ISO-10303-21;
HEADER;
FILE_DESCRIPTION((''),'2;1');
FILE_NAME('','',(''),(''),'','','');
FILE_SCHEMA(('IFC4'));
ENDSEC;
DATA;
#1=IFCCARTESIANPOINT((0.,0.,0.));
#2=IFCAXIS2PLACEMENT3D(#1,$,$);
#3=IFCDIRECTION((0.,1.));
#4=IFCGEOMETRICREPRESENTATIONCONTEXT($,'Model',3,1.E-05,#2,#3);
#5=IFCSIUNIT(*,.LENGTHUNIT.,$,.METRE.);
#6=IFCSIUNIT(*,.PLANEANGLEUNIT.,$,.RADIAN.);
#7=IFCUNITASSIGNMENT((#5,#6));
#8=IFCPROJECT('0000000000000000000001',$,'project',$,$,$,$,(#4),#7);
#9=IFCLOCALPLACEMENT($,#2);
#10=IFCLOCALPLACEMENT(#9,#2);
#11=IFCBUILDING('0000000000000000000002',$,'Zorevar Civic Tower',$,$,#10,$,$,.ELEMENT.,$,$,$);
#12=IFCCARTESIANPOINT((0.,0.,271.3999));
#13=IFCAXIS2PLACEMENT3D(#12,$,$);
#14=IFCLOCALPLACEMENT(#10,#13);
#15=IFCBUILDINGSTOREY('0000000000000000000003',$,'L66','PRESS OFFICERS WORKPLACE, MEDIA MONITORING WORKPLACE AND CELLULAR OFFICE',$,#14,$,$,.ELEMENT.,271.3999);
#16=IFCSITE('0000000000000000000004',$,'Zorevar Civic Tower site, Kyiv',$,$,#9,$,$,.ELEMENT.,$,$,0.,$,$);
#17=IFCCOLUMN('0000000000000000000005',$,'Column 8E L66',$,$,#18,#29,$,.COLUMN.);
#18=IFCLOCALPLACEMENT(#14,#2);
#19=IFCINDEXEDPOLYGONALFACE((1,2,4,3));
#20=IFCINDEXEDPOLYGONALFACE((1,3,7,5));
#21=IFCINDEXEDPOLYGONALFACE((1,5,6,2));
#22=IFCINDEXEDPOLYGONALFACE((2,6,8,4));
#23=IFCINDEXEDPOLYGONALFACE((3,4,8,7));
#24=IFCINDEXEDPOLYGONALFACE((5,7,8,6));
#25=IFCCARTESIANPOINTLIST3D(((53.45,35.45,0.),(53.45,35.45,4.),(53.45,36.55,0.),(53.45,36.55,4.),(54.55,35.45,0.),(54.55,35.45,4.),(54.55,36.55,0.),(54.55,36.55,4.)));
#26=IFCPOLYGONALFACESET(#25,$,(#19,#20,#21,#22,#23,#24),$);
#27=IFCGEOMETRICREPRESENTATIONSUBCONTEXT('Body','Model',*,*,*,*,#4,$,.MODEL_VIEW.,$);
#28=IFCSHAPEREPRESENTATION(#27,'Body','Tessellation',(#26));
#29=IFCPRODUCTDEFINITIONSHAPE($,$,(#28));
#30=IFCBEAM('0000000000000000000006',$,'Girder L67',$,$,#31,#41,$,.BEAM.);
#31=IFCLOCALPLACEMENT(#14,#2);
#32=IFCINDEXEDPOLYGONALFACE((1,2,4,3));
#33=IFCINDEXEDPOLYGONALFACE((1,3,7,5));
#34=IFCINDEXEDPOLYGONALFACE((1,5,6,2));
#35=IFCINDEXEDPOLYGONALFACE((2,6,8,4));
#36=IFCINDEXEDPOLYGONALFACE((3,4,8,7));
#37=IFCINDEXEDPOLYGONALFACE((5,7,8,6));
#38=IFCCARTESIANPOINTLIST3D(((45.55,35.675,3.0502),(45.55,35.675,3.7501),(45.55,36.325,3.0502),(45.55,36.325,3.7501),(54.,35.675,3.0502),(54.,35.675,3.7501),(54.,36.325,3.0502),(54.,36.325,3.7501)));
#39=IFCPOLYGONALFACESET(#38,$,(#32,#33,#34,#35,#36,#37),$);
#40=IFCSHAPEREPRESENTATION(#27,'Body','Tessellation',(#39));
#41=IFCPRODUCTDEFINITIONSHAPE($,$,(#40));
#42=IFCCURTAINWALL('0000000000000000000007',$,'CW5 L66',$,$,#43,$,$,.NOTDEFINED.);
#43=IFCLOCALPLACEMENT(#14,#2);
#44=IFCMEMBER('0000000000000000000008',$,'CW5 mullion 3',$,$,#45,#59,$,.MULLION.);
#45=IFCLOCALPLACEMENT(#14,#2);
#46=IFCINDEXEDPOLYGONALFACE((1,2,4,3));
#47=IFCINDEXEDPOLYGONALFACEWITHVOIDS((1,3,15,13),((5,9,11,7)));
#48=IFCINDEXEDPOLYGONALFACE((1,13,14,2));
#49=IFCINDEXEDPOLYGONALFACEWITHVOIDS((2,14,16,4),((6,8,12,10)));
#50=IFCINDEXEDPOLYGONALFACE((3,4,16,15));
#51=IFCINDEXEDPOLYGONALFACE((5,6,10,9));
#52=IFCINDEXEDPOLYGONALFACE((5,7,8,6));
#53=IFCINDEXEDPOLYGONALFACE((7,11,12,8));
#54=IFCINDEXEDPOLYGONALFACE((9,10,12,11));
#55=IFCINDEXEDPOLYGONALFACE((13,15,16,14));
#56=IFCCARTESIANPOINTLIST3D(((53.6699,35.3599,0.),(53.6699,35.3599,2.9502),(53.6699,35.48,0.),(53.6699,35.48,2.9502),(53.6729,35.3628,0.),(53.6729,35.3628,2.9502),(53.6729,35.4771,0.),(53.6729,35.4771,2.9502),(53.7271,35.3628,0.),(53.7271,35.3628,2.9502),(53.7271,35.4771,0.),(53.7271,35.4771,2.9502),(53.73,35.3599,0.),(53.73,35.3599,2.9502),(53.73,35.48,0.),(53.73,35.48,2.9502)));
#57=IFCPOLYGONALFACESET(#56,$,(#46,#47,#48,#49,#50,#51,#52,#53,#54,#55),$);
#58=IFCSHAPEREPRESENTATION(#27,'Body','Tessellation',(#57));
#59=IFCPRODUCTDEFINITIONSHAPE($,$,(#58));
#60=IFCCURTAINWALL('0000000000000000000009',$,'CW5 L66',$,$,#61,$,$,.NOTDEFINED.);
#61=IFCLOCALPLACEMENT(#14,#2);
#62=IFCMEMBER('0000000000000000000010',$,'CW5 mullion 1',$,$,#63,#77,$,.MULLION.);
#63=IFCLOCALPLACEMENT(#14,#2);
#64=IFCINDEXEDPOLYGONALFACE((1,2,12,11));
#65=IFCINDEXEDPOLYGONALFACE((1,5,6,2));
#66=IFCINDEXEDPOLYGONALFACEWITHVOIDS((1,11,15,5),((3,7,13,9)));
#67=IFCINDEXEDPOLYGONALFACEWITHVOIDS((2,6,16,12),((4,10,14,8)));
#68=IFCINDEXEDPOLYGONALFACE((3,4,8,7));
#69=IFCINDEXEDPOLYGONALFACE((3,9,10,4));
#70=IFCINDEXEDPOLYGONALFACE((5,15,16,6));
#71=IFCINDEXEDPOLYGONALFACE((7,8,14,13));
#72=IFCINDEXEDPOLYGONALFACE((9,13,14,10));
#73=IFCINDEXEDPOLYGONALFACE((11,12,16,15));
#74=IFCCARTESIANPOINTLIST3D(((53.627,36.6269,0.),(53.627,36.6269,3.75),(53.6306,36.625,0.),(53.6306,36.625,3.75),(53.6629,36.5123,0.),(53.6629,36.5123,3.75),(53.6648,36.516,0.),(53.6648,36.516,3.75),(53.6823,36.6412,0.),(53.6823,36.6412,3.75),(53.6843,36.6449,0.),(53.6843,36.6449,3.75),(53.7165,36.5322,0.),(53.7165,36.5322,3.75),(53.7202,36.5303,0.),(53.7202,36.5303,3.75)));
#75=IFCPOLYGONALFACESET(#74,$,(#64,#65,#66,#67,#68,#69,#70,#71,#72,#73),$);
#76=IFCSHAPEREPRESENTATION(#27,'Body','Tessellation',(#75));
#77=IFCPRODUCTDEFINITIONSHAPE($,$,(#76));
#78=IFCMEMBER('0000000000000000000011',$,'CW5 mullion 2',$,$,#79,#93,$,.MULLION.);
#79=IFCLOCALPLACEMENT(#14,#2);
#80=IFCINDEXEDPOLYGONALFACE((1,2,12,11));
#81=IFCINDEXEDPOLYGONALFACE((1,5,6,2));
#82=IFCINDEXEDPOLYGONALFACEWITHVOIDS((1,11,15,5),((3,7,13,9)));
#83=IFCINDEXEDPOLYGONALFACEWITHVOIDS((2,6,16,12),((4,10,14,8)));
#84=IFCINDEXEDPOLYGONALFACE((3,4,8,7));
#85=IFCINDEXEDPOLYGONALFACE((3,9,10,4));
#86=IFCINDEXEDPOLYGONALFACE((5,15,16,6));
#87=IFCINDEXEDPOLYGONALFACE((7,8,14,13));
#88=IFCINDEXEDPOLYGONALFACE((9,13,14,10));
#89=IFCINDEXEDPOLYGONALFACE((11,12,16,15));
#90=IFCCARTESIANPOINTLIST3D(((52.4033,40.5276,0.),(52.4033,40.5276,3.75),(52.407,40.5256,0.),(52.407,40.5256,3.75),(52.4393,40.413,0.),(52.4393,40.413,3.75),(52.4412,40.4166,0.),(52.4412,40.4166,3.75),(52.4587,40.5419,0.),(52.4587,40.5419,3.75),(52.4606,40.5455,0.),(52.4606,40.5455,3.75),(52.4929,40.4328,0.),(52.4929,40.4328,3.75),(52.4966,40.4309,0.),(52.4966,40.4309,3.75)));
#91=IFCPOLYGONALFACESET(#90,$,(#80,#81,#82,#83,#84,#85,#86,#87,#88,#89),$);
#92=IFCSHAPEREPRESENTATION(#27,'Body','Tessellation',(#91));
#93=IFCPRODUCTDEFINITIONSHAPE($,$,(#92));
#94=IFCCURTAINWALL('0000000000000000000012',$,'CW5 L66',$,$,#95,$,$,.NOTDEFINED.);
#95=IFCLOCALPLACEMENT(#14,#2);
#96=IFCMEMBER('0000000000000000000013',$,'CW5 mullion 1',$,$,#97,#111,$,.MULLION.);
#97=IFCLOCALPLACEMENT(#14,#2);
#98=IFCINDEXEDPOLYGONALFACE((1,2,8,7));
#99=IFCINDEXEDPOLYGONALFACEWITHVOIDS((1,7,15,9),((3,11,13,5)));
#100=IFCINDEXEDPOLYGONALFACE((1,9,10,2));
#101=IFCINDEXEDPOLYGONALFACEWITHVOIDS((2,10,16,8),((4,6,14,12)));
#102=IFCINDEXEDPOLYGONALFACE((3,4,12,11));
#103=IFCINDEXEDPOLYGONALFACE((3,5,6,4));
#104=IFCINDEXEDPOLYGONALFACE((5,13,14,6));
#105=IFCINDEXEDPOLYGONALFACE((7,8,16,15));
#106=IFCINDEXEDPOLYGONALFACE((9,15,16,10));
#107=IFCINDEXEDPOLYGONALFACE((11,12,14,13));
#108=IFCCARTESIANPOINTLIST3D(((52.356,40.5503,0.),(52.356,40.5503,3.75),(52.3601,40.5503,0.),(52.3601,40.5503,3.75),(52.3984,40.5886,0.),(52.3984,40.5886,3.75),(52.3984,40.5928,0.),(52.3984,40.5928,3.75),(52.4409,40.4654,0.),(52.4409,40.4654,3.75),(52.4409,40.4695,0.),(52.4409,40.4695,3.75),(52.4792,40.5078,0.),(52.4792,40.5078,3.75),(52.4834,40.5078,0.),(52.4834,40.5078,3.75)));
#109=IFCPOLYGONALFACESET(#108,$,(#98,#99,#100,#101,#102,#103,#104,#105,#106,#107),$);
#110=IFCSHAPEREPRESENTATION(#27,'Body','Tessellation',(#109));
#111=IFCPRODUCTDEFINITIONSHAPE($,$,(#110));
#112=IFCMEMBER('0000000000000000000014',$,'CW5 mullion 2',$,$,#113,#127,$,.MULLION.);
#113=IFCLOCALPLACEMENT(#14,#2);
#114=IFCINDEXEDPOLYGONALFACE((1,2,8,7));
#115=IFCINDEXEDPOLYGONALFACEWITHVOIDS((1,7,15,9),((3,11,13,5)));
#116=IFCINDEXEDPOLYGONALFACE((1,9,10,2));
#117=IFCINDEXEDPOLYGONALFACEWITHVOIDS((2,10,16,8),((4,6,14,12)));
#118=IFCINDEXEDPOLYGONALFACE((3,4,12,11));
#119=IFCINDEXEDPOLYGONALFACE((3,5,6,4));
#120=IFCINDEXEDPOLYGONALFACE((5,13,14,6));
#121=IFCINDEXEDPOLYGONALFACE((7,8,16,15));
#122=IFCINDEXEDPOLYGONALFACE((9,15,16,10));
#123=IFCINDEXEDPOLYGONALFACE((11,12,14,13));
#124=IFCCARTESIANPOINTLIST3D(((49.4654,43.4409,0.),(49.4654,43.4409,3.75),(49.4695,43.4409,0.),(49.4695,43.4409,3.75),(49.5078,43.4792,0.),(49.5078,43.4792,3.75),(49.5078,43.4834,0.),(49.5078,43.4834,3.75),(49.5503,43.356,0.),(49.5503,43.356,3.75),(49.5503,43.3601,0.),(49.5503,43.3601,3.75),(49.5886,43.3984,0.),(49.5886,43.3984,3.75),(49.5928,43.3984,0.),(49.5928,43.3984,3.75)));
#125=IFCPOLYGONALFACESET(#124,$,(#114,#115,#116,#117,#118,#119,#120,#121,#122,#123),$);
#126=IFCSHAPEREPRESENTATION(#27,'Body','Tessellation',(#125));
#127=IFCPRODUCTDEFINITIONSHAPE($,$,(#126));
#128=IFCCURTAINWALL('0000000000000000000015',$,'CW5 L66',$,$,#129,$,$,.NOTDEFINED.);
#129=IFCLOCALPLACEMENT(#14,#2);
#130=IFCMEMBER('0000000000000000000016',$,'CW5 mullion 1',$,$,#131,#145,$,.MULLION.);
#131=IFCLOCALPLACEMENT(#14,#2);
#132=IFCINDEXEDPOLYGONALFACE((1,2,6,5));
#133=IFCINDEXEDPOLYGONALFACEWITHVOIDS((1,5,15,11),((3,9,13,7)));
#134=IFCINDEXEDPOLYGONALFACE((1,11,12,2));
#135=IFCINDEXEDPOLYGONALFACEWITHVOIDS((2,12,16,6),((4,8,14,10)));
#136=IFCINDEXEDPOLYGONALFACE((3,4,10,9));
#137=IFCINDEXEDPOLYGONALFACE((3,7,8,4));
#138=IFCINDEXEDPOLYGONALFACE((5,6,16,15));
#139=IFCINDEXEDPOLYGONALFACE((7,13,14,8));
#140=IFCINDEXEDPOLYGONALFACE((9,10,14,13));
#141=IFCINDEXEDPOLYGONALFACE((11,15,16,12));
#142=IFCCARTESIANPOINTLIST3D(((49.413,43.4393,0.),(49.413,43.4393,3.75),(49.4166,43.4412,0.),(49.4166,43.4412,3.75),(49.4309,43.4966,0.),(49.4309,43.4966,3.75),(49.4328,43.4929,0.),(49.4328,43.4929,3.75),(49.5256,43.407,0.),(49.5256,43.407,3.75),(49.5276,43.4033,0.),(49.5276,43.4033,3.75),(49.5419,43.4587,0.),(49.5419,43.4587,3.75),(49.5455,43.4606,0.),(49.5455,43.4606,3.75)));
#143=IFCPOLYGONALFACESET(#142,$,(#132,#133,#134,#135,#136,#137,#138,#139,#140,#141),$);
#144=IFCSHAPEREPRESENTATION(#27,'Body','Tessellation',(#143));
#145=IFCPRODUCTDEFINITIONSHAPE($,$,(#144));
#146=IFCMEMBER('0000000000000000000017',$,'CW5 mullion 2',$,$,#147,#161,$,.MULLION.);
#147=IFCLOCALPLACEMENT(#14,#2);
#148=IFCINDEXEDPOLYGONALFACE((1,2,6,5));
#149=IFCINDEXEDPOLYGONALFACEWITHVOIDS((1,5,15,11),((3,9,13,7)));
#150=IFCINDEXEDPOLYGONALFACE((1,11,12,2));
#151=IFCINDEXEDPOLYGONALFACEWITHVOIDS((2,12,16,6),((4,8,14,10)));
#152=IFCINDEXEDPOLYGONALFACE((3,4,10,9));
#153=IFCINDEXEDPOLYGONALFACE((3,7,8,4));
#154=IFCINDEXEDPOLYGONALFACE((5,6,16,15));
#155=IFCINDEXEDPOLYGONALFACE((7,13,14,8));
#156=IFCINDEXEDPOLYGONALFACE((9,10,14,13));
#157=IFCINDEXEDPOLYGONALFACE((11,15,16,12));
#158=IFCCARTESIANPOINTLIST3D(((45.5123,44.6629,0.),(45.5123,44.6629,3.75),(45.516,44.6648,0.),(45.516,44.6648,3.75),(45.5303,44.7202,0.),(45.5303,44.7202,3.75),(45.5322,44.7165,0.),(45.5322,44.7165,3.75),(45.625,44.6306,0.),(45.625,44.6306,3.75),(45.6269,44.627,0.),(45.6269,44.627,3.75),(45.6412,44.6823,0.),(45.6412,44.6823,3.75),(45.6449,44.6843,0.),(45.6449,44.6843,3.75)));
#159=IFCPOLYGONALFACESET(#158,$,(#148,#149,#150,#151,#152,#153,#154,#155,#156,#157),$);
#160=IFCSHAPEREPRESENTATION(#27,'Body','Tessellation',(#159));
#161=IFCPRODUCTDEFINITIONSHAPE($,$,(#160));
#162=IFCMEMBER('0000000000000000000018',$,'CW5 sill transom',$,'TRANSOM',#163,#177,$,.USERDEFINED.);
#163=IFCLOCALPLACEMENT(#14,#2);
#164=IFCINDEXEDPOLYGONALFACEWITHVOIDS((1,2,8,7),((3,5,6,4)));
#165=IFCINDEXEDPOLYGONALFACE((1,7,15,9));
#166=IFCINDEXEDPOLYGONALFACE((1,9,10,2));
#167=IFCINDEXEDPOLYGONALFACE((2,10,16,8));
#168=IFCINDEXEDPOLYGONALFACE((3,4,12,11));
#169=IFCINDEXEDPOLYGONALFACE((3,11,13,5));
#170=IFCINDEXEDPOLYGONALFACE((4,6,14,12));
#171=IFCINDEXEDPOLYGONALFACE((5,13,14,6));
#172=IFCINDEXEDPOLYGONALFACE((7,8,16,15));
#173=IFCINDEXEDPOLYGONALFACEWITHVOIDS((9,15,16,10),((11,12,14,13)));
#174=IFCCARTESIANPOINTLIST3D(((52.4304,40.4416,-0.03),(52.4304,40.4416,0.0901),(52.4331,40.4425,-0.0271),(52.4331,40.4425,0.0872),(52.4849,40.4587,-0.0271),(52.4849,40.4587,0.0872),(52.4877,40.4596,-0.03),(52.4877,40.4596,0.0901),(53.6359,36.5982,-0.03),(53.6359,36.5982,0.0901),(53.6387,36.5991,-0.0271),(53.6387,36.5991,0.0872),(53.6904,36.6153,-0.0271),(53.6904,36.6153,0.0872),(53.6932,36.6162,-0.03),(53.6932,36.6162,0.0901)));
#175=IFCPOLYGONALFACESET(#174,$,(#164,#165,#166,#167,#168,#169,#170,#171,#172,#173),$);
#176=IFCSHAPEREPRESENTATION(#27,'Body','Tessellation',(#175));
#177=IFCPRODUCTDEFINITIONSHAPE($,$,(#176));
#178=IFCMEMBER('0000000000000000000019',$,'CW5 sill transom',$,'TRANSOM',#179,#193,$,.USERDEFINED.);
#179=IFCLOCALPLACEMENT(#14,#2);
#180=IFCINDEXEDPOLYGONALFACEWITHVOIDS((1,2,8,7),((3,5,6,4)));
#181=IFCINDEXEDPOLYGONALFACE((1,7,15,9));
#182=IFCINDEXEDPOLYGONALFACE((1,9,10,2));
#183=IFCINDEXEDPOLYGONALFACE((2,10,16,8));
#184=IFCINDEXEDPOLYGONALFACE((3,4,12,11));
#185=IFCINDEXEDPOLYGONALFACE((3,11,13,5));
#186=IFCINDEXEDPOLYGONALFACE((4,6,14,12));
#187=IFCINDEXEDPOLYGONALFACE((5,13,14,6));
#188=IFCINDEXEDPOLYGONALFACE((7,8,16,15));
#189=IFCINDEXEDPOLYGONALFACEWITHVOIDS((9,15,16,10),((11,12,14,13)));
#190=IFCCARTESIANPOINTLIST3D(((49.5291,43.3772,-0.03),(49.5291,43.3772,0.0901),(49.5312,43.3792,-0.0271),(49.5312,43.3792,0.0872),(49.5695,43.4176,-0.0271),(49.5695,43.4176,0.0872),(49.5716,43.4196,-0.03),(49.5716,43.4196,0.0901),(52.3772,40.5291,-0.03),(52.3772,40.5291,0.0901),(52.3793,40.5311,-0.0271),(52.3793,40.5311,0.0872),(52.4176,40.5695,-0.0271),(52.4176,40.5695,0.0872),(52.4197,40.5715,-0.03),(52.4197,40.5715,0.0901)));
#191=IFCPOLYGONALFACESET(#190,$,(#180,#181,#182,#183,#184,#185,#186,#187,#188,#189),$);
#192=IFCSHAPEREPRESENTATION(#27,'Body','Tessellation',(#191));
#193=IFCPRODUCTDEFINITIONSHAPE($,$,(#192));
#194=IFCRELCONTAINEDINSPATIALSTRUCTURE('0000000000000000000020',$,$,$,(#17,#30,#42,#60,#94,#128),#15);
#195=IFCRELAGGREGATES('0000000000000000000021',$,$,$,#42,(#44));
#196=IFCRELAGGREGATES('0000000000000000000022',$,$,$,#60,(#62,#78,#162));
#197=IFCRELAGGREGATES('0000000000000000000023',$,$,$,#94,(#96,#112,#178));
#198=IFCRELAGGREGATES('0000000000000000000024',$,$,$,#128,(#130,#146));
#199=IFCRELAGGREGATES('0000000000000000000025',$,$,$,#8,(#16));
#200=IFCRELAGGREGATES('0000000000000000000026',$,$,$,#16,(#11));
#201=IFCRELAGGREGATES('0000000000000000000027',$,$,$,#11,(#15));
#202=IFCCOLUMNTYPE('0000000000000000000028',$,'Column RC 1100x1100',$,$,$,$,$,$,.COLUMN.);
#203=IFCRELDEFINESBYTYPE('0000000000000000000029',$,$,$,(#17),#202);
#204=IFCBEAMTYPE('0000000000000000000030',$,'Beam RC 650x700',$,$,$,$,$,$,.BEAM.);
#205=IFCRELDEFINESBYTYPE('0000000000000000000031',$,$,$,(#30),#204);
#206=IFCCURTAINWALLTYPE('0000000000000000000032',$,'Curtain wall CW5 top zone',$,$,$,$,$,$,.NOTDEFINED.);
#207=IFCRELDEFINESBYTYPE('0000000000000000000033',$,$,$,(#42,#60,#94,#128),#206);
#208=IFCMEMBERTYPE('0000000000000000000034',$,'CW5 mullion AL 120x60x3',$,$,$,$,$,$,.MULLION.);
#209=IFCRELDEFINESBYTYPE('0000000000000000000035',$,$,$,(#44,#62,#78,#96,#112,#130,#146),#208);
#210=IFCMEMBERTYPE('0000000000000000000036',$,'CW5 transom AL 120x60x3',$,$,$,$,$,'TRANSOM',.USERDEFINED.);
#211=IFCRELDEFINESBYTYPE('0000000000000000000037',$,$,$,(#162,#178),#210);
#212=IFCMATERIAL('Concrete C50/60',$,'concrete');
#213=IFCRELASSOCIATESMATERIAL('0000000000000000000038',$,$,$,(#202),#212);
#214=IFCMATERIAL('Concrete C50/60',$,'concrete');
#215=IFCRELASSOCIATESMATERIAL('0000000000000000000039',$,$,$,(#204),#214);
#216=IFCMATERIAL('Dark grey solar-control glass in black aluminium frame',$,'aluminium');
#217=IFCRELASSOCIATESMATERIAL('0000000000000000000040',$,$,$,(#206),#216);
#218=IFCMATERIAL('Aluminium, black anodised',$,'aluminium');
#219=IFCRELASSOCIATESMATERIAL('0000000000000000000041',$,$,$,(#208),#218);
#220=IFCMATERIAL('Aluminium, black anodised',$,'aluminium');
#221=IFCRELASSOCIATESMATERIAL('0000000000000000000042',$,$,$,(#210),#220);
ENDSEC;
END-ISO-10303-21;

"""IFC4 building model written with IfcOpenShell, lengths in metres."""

from ifc_helpers import new_model, si_unit, direction, frame, origin, origin_2d, place, context, subcontext, project, spatial, rectangle, hollow_rectangle, extrude, material, material_profile, profile_set, type_object, element, aggregate, save


model = new_model("IFC4")

# Units and contexts
model_context = context("Model", 3, precision=1e-05, world=origin(), true_north=direction((0.0, 1.0)))
body_context = subcontext(model_context, "Body", "Model", "MODEL_VIEW")
ifc_project = project(units=[si_unit("LENGTHUNIT", "METRE"), si_unit("PLANEANGLEUNIT", "RADIAN")], contexts=[model_context])

# Site, building, storey
site_placement = place(None, origin())
site = spatial("IfcSite", under=ifc_project, at=site_placement, Name="Zorevar Civic Tower site, Kyiv", CompositionType="ELEMENT", RefElevation=0.0)
building_placement = place(site_placement, origin())
building = spatial("IfcBuilding", under=site, at=building_placement, Name="Zorevar Civic Tower", CompositionType="ELEMENT")
storey_placement = place(building_placement, frame((0.0, 0.0, 271.3999)))
storey = spatial("IfcBuildingStorey", under=building, at=storey_placement, Name="L66", Description="PRESS OFFICERS WORKPLACE, MEDIA MONITORING WORKPLACE AND CELLULAR OFFICE", CompositionType="ELEMENT", Elevation=271.3999)

# Column
ifc_material_1 = material(Name="Concrete C50/60", Category="concrete")
ifc_material_profile_1 = material_profile(ifc_material_1, rectangle(XDim=1.1001, YDim=1.1001, at=origin_2d()), Name="RC 1100x1100")
ifc_profile_set_1 = profile_set([ifc_material_profile_1], Name="Concrete C50/60")
column_type = type_object("IfcColumnType", Name="Column RC 1100x1100", PredefinedType="COLUMN", material=ifc_profile_set_1)
column_placement = place(storey_placement, frame((54.0, 36.0, 0.0), z_axis=(0.0, 0.0, 1.0), x_axis=(1.0, 0.0, 0.0)))
element("IfcColumn", 1, at=column_placement, inside=storey, type_object=column_type, Name="Column 8E L66", PredefinedType="COLUMN", context=body_context, shape_type="SweptSolid", body=[
    extrude(rectangle(XDim=1.1001, YDim=1.1001, at=origin_2d()), origin(), (0.0, 0.0, 1.0), 4.0),
])

# Beam
ifc_material_2 = material(Name="Concrete C50/60", Category="concrete")
ifc_material_profile_2 = material_profile(ifc_material_2, rectangle(XDim=0.6499, YDim=0.7, at=origin_2d()), Name="RC 650x700")
ifc_profile_set_2 = profile_set([ifc_material_profile_2], Name="Concrete C50/60")
beam_type_1 = type_object("IfcBeamType", Name="Beam RC 650x700", PredefinedType="BEAM", material=ifc_profile_set_2)
beam_1_placement = place(storey_placement, frame((45.55, 36.0, 3.4001), z_axis=(1.0, 0.0, 0.0), x_axis=(0.0, 1.0, 0.0)))
element("IfcBeam", 2, at=beam_1_placement, inside=storey, type_object=beam_type_1, Name="Girder L67", PredefinedType="BEAM", context=body_context, shape_type="SweptSolid", body=[
    extrude(rectangle(XDim=0.6499, YDim=0.7, at=origin_2d()), origin(), (0.0, 0.0, 1.0), 8.45),
])

# Curtain wall, member
ifc_material_3 = material(Name="Dark grey solar-control glass in black aluminium frame", Category="aluminium")
curtain_wall_type = type_object("IfcCurtainWallType", Name="Curtain wall CW5 top zone", PredefinedType="NOTDEFINED", material=ifc_material_3)
curtain_wall_1_placement = place(storey_placement, origin())
curtain_wall_1 = element("IfcCurtainWall", 3, at=curtain_wall_1_placement, inside=storey, type_object=curtain_wall_type, Name="CW5 L66", PredefinedType="NOTDEFINED")
ifc_material_4 = material(Name="Aluminium, black anodised", Category="aluminium")
ifc_material_profile_3 = material_profile(ifc_material_4, hollow_rectangle(XDim=0.0601, YDim=0.1201, WallThickness=0.0029, at=origin_2d()), Name="AL 120x60x3")
ifc_profile_set_3 = profile_set([ifc_material_profile_3], Name="Aluminium, black anodised")
member_type_1 = type_object("IfcMemberType", Name="CW5 mullion AL 120x60x3", PredefinedType="MULLION", material=ifc_profile_set_3)
member_1_placement = place(storey_placement, frame((53.7, 35.4199, 0.0), z_axis=(0.0, 0.0, 1.0), x_axis=(-1.0, 0.0, 0.0)))
member_1 = element("IfcMember", 4, at=member_1_placement, type_object=member_type_1, Name="CW5 mullion 3", PredefinedType="MULLION", context=body_context, shape_type="SweptSolid", body=[
    extrude(hollow_rectangle(XDim=0.0601, YDim=0.1201, WallThickness=0.0029, at=origin_2d()), origin(), (0.0, 0.0, 1.0), 2.9502),
])

# Curtain walls, members
curtain_wall_2_placement = place(storey_placement, origin())
curtain_wall_2 = element("IfcCurtainWall", 5, at=curtain_wall_2_placement, inside=storey, type_object=curtain_wall_type, Name="CW5 L66", PredefinedType="NOTDEFINED")
member_2_placement = place(storey_placement, frame((53.6736, 36.5786, 0.0), z_axis=(0.0, 0.0, 1.0), x_axis=(-0.954153, -0.299318, 0.0)))
member_2 = element("IfcMember", 6, at=member_2_placement, type_object=member_type_1, Name="CW5 mullion 1", PredefinedType="MULLION", context=body_context, shape_type="SweptSolid", body=[
    extrude(hollow_rectangle(XDim=0.0601, YDim=0.1201, WallThickness=0.0029, at=origin_2d()), origin(), (0.0, 0.0, 1.0), 3.75),
])
member_3_placement = place(storey_placement, frame((52.45, 40.4792, 0.0), z_axis=(0.0, 0.0, 1.0), x_axis=(-0.954153, -0.299318, 0.0)))
member_3 = element("IfcMember", 7, at=member_3_placement, type_object=member_type_1, Name="CW5 mullion 2", PredefinedType="MULLION", context=body_context, shape_type="SweptSolid", body=[
    extrude(hollow_rectangle(XDim=0.0601, YDim=0.1201, WallThickness=0.0029, at=origin_2d()), origin(), (0.0, 0.0, 1.0), 3.75),
])
curtain_wall_3_placement = place(storey_placement, origin())
curtain_wall_3 = element("IfcCurtainWall", 8, at=curtain_wall_3_placement, inside=storey, type_object=curtain_wall_type, Name="CW5 L66", PredefinedType="NOTDEFINED")
member_4_placement = place(storey_placement, frame((52.4197, 40.5291, 0.0), z_axis=(0.0, 0.0, 1.0), x_axis=(-0.707107, -0.707107, 0.0)))
member_4 = element("IfcMember", 9, at=member_4_placement, type_object=member_type_1, Name="CW5 mullion 1", PredefinedType="MULLION", context=body_context, shape_type="SweptSolid", body=[
    extrude(hollow_rectangle(XDim=0.0601, YDim=0.1201, WallThickness=0.0029, at=origin_2d()), origin(), (0.0, 0.0, 1.0), 3.75),
])
member_5_placement = place(storey_placement, frame((49.5291, 43.4197, 0.0), z_axis=(0.0, 0.0, 1.0), x_axis=(-0.707107, -0.707107, 0.0)))
member_5 = element("IfcMember", 10, at=member_5_placement, type_object=member_type_1, Name="CW5 mullion 2", PredefinedType="MULLION", context=body_context, shape_type="SweptSolid", body=[
    extrude(hollow_rectangle(XDim=0.0601, YDim=0.1201, WallThickness=0.0029, at=origin_2d()), origin(), (0.0, 0.0, 1.0), 3.75),
])
curtain_wall_4_placement = place(storey_placement, origin())
curtain_wall_4 = element("IfcCurtainWall", 11, at=curtain_wall_4_placement, inside=storey, type_object=curtain_wall_type, Name="CW5 L66", PredefinedType="NOTDEFINED")
member_6_placement = place(storey_placement, frame((49.4792, 43.45, 0.0), z_axis=(0.0, 0.0, 1.0), x_axis=(-0.299318, -0.954153, 0.0)))
member_6 = element("IfcMember", 12, at=member_6_placement, type_object=member_type_1, Name="CW5 mullion 1", PredefinedType="MULLION", context=body_context, shape_type="SweptSolid", body=[
    extrude(hollow_rectangle(XDim=0.0601, YDim=0.1201, WallThickness=0.0029, at=origin_2d()), origin(), (0.0, 0.0, 1.0), 3.75),
])
member_7_placement = place(storey_placement, frame((45.5786, 44.6736, 0.0), z_axis=(0.0, 0.0, 1.0), x_axis=(-0.299318, -0.954153, 0.0)))
member_7 = element("IfcMember", 13, at=member_7_placement, type_object=member_type_1, Name="CW5 mullion 2", PredefinedType="MULLION", context=body_context, shape_type="SweptSolid", body=[
    extrude(hollow_rectangle(XDim=0.0601, YDim=0.1201, WallThickness=0.0029, at=origin_2d()), origin(), (0.0, 0.0, 1.0), 3.75),
])

# Members
ifc_material_5 = material(Name="Aluminium, black anodised", Category="aluminium")
ifc_material_profile_4 = material_profile(ifc_material_5, hollow_rectangle(XDim=0.0601, YDim=0.1201, WallThickness=0.0029, at=origin_2d()), Name="AL 120x60x3")
ifc_profile_set_4 = profile_set([ifc_material_profile_4], Name="Aluminium, black anodised")
member_type_2 = type_object("IfcMemberType", Name="CW5 transom AL 120x60x3", ElementType="TRANSOM", PredefinedType="USERDEFINED", material=ifc_profile_set_4)
member_8_placement = place(storey_placement, frame((53.6646, 36.6072, 0.03), z_axis=(-0.299286, 0.954163, 0.0), x_axis=(-0.954163, -0.299286, 0.0)))
member_8 = element("IfcMember", 14, at=member_8_placement, type_object=member_type_2, Name="CW5 sill transom", ObjectType="TRANSOM", PredefinedType="USERDEFINED", context=body_context, shape_type="SweptSolid", body=[
    extrude(hollow_rectangle(XDim=0.0601, YDim=0.1201, WallThickness=0.0029, at=origin_2d()), origin(), (0.0, 0.0, 1.0), 4.0281),
])
member_9_placement = place(storey_placement, frame((52.3984, 40.5503, 0.03), z_axis=(-0.707107, 0.707107, 0.0), x_axis=(-0.707107, -0.707107, 0.0)))
member_9 = element("IfcMember", 15, at=member_9_placement, type_object=member_type_2, Name="CW5 sill transom", ObjectType="TRANSOM", PredefinedType="USERDEFINED", context=body_context, shape_type="SweptSolid", body=[
    extrude(hollow_rectangle(XDim=0.0601, YDim=0.1201, WallThickness=0.0029, at=origin_2d()), origin(), (0.0, 0.0, 1.0), 4.0278),
])

aggregate(curtain_wall_1, [member_1])
aggregate(curtain_wall_2, [member_2, member_3, member_8])
aggregate(curtain_wall_3, [member_4, member_5, member_9])
aggregate(curtain_wall_4, [member_6, member_7])

save(model, "model.ifc")
